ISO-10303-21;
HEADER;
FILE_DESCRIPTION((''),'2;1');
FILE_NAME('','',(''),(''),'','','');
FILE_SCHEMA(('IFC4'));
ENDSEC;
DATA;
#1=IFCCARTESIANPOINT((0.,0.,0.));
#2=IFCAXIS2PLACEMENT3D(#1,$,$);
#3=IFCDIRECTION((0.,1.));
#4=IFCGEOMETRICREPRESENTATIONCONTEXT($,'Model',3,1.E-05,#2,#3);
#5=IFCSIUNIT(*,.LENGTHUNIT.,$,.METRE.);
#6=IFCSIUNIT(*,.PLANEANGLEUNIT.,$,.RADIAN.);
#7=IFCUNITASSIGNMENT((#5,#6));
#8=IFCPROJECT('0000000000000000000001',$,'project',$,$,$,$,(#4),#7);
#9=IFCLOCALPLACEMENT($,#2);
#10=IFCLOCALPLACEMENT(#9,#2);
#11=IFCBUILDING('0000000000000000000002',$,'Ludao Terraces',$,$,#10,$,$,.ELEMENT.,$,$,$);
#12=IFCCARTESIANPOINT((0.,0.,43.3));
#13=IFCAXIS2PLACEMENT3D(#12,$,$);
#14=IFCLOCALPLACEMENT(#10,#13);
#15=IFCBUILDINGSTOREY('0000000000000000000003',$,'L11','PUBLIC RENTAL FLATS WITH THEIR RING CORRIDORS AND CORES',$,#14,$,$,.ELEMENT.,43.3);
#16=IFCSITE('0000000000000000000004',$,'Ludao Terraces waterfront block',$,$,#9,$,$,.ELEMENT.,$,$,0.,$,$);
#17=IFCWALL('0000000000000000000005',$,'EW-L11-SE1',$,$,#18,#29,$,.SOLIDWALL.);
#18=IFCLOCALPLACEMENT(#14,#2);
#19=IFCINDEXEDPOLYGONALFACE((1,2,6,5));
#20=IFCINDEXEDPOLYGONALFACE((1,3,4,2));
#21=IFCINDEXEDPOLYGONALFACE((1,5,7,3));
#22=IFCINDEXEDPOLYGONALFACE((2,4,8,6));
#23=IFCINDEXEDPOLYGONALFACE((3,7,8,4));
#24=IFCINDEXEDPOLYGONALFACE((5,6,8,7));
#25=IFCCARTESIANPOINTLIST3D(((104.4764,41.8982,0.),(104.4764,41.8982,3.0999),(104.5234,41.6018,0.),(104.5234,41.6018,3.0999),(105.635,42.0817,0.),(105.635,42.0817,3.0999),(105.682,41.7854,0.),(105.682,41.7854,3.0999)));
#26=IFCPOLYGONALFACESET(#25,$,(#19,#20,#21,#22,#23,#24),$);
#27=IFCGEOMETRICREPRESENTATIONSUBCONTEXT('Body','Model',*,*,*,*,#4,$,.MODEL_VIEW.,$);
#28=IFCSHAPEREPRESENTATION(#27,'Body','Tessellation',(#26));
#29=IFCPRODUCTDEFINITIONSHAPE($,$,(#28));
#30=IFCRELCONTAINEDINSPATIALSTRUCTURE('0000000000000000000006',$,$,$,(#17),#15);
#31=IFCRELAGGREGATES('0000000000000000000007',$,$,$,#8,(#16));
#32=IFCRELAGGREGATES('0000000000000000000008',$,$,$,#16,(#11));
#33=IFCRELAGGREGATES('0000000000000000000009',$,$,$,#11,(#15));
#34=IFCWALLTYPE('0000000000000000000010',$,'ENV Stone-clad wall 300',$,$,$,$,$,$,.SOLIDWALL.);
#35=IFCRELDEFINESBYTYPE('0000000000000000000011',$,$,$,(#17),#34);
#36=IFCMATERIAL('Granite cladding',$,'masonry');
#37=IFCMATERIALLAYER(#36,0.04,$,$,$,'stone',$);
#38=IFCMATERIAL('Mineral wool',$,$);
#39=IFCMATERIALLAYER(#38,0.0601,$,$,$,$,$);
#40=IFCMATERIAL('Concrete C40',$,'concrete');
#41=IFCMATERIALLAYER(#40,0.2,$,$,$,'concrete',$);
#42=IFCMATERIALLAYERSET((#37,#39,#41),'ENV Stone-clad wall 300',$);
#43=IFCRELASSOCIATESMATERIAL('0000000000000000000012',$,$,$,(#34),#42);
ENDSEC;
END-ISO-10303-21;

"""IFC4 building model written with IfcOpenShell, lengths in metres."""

from ifc_helpers import new_model, si_unit, direction, frame, frame_2d, origin, place, context, subcontext, project, spatial, rectangle, extrude, material, layer, layer_set, type_object, element, save


model = new_model("IFC4")

# Units and contexts
model_context = context("Model", 3, precision=1e-05, world=origin(), true_north=direction((0.0, 1.0)))
body_context = subcontext(model_context, "Body", "Model", "MODEL_VIEW")
ifc_project = project(units=[si_unit("LENGTHUNIT", "METRE"), si_unit("PLANEANGLEUNIT", "RADIAN")], contexts=[model_context])

# Site, building, storey
site_placement = place(None, origin())
site = spatial("IfcSite", under=ifc_project, at=site_placement, Name="Ludao Terraces waterfront block", CompositionType="ELEMENT", RefElevation=0.0)
building_placement = place(site_placement, origin())
building = spatial("IfcBuilding", under=site, at=building_placement, Name="Ludao Terraces", CompositionType="ELEMENT")
storey_placement = place(building_placement, frame((0.0, 0.0, 43.3)))
storey = spatial("IfcBuildingStorey", under=building, at=storey_placement, Name="L11", Description="PUBLIC RENTAL FLATS WITH THEIR RING CORRIDORS AND CORES", CompositionType="ELEMENT", Elevation=43.3)

# Wall
ifc_material_1 = material(Name="Granite cladding", Category="masonry")
ifc_layer_1 = layer(ifc_material_1, 0.04, Category="stone")
ifc_material_2 = material(Name="Mineral wool")
ifc_layer_2 = layer(ifc_material_2, 0.0601)
ifc_material_3 = material(Name="Concrete C40", Category="concrete")
ifc_layer_3 = layer(ifc_material_3, 0.2, Category="concrete")
ifc_layer_set_1 = layer_set([ifc_layer_1, ifc_layer_2, ifc_layer_3], Name="ENV Stone-clad wall 300")
wall_type_1 = type_object("IfcWallType", Name="ENV Stone-clad wall 300", PredefinedType="SOLIDWALL", material=ifc_layer_set_1)
wall_1_placement = place(storey_placement, frame((104.5, 41.75, 0.0), z_axis=(0.0, 0.0, 1.0), x_axis=(0.987678, 0.156497, 0.0)))
element("IfcWall", 1, at=wall_1_placement, inside=storey, type_object=wall_type_1, Name="EW-L11-SE1", PredefinedType="SOLIDWALL", context=body_context, shape_type="SweptSolid", body=[
    extrude(rectangle(XDim=1.1731, YDim=0.3, at=frame_2d((0.5864, 0.0))), origin(), (0.0, 0.0, 1.0), 3.0999),
])

save(model, "model.ifc")
